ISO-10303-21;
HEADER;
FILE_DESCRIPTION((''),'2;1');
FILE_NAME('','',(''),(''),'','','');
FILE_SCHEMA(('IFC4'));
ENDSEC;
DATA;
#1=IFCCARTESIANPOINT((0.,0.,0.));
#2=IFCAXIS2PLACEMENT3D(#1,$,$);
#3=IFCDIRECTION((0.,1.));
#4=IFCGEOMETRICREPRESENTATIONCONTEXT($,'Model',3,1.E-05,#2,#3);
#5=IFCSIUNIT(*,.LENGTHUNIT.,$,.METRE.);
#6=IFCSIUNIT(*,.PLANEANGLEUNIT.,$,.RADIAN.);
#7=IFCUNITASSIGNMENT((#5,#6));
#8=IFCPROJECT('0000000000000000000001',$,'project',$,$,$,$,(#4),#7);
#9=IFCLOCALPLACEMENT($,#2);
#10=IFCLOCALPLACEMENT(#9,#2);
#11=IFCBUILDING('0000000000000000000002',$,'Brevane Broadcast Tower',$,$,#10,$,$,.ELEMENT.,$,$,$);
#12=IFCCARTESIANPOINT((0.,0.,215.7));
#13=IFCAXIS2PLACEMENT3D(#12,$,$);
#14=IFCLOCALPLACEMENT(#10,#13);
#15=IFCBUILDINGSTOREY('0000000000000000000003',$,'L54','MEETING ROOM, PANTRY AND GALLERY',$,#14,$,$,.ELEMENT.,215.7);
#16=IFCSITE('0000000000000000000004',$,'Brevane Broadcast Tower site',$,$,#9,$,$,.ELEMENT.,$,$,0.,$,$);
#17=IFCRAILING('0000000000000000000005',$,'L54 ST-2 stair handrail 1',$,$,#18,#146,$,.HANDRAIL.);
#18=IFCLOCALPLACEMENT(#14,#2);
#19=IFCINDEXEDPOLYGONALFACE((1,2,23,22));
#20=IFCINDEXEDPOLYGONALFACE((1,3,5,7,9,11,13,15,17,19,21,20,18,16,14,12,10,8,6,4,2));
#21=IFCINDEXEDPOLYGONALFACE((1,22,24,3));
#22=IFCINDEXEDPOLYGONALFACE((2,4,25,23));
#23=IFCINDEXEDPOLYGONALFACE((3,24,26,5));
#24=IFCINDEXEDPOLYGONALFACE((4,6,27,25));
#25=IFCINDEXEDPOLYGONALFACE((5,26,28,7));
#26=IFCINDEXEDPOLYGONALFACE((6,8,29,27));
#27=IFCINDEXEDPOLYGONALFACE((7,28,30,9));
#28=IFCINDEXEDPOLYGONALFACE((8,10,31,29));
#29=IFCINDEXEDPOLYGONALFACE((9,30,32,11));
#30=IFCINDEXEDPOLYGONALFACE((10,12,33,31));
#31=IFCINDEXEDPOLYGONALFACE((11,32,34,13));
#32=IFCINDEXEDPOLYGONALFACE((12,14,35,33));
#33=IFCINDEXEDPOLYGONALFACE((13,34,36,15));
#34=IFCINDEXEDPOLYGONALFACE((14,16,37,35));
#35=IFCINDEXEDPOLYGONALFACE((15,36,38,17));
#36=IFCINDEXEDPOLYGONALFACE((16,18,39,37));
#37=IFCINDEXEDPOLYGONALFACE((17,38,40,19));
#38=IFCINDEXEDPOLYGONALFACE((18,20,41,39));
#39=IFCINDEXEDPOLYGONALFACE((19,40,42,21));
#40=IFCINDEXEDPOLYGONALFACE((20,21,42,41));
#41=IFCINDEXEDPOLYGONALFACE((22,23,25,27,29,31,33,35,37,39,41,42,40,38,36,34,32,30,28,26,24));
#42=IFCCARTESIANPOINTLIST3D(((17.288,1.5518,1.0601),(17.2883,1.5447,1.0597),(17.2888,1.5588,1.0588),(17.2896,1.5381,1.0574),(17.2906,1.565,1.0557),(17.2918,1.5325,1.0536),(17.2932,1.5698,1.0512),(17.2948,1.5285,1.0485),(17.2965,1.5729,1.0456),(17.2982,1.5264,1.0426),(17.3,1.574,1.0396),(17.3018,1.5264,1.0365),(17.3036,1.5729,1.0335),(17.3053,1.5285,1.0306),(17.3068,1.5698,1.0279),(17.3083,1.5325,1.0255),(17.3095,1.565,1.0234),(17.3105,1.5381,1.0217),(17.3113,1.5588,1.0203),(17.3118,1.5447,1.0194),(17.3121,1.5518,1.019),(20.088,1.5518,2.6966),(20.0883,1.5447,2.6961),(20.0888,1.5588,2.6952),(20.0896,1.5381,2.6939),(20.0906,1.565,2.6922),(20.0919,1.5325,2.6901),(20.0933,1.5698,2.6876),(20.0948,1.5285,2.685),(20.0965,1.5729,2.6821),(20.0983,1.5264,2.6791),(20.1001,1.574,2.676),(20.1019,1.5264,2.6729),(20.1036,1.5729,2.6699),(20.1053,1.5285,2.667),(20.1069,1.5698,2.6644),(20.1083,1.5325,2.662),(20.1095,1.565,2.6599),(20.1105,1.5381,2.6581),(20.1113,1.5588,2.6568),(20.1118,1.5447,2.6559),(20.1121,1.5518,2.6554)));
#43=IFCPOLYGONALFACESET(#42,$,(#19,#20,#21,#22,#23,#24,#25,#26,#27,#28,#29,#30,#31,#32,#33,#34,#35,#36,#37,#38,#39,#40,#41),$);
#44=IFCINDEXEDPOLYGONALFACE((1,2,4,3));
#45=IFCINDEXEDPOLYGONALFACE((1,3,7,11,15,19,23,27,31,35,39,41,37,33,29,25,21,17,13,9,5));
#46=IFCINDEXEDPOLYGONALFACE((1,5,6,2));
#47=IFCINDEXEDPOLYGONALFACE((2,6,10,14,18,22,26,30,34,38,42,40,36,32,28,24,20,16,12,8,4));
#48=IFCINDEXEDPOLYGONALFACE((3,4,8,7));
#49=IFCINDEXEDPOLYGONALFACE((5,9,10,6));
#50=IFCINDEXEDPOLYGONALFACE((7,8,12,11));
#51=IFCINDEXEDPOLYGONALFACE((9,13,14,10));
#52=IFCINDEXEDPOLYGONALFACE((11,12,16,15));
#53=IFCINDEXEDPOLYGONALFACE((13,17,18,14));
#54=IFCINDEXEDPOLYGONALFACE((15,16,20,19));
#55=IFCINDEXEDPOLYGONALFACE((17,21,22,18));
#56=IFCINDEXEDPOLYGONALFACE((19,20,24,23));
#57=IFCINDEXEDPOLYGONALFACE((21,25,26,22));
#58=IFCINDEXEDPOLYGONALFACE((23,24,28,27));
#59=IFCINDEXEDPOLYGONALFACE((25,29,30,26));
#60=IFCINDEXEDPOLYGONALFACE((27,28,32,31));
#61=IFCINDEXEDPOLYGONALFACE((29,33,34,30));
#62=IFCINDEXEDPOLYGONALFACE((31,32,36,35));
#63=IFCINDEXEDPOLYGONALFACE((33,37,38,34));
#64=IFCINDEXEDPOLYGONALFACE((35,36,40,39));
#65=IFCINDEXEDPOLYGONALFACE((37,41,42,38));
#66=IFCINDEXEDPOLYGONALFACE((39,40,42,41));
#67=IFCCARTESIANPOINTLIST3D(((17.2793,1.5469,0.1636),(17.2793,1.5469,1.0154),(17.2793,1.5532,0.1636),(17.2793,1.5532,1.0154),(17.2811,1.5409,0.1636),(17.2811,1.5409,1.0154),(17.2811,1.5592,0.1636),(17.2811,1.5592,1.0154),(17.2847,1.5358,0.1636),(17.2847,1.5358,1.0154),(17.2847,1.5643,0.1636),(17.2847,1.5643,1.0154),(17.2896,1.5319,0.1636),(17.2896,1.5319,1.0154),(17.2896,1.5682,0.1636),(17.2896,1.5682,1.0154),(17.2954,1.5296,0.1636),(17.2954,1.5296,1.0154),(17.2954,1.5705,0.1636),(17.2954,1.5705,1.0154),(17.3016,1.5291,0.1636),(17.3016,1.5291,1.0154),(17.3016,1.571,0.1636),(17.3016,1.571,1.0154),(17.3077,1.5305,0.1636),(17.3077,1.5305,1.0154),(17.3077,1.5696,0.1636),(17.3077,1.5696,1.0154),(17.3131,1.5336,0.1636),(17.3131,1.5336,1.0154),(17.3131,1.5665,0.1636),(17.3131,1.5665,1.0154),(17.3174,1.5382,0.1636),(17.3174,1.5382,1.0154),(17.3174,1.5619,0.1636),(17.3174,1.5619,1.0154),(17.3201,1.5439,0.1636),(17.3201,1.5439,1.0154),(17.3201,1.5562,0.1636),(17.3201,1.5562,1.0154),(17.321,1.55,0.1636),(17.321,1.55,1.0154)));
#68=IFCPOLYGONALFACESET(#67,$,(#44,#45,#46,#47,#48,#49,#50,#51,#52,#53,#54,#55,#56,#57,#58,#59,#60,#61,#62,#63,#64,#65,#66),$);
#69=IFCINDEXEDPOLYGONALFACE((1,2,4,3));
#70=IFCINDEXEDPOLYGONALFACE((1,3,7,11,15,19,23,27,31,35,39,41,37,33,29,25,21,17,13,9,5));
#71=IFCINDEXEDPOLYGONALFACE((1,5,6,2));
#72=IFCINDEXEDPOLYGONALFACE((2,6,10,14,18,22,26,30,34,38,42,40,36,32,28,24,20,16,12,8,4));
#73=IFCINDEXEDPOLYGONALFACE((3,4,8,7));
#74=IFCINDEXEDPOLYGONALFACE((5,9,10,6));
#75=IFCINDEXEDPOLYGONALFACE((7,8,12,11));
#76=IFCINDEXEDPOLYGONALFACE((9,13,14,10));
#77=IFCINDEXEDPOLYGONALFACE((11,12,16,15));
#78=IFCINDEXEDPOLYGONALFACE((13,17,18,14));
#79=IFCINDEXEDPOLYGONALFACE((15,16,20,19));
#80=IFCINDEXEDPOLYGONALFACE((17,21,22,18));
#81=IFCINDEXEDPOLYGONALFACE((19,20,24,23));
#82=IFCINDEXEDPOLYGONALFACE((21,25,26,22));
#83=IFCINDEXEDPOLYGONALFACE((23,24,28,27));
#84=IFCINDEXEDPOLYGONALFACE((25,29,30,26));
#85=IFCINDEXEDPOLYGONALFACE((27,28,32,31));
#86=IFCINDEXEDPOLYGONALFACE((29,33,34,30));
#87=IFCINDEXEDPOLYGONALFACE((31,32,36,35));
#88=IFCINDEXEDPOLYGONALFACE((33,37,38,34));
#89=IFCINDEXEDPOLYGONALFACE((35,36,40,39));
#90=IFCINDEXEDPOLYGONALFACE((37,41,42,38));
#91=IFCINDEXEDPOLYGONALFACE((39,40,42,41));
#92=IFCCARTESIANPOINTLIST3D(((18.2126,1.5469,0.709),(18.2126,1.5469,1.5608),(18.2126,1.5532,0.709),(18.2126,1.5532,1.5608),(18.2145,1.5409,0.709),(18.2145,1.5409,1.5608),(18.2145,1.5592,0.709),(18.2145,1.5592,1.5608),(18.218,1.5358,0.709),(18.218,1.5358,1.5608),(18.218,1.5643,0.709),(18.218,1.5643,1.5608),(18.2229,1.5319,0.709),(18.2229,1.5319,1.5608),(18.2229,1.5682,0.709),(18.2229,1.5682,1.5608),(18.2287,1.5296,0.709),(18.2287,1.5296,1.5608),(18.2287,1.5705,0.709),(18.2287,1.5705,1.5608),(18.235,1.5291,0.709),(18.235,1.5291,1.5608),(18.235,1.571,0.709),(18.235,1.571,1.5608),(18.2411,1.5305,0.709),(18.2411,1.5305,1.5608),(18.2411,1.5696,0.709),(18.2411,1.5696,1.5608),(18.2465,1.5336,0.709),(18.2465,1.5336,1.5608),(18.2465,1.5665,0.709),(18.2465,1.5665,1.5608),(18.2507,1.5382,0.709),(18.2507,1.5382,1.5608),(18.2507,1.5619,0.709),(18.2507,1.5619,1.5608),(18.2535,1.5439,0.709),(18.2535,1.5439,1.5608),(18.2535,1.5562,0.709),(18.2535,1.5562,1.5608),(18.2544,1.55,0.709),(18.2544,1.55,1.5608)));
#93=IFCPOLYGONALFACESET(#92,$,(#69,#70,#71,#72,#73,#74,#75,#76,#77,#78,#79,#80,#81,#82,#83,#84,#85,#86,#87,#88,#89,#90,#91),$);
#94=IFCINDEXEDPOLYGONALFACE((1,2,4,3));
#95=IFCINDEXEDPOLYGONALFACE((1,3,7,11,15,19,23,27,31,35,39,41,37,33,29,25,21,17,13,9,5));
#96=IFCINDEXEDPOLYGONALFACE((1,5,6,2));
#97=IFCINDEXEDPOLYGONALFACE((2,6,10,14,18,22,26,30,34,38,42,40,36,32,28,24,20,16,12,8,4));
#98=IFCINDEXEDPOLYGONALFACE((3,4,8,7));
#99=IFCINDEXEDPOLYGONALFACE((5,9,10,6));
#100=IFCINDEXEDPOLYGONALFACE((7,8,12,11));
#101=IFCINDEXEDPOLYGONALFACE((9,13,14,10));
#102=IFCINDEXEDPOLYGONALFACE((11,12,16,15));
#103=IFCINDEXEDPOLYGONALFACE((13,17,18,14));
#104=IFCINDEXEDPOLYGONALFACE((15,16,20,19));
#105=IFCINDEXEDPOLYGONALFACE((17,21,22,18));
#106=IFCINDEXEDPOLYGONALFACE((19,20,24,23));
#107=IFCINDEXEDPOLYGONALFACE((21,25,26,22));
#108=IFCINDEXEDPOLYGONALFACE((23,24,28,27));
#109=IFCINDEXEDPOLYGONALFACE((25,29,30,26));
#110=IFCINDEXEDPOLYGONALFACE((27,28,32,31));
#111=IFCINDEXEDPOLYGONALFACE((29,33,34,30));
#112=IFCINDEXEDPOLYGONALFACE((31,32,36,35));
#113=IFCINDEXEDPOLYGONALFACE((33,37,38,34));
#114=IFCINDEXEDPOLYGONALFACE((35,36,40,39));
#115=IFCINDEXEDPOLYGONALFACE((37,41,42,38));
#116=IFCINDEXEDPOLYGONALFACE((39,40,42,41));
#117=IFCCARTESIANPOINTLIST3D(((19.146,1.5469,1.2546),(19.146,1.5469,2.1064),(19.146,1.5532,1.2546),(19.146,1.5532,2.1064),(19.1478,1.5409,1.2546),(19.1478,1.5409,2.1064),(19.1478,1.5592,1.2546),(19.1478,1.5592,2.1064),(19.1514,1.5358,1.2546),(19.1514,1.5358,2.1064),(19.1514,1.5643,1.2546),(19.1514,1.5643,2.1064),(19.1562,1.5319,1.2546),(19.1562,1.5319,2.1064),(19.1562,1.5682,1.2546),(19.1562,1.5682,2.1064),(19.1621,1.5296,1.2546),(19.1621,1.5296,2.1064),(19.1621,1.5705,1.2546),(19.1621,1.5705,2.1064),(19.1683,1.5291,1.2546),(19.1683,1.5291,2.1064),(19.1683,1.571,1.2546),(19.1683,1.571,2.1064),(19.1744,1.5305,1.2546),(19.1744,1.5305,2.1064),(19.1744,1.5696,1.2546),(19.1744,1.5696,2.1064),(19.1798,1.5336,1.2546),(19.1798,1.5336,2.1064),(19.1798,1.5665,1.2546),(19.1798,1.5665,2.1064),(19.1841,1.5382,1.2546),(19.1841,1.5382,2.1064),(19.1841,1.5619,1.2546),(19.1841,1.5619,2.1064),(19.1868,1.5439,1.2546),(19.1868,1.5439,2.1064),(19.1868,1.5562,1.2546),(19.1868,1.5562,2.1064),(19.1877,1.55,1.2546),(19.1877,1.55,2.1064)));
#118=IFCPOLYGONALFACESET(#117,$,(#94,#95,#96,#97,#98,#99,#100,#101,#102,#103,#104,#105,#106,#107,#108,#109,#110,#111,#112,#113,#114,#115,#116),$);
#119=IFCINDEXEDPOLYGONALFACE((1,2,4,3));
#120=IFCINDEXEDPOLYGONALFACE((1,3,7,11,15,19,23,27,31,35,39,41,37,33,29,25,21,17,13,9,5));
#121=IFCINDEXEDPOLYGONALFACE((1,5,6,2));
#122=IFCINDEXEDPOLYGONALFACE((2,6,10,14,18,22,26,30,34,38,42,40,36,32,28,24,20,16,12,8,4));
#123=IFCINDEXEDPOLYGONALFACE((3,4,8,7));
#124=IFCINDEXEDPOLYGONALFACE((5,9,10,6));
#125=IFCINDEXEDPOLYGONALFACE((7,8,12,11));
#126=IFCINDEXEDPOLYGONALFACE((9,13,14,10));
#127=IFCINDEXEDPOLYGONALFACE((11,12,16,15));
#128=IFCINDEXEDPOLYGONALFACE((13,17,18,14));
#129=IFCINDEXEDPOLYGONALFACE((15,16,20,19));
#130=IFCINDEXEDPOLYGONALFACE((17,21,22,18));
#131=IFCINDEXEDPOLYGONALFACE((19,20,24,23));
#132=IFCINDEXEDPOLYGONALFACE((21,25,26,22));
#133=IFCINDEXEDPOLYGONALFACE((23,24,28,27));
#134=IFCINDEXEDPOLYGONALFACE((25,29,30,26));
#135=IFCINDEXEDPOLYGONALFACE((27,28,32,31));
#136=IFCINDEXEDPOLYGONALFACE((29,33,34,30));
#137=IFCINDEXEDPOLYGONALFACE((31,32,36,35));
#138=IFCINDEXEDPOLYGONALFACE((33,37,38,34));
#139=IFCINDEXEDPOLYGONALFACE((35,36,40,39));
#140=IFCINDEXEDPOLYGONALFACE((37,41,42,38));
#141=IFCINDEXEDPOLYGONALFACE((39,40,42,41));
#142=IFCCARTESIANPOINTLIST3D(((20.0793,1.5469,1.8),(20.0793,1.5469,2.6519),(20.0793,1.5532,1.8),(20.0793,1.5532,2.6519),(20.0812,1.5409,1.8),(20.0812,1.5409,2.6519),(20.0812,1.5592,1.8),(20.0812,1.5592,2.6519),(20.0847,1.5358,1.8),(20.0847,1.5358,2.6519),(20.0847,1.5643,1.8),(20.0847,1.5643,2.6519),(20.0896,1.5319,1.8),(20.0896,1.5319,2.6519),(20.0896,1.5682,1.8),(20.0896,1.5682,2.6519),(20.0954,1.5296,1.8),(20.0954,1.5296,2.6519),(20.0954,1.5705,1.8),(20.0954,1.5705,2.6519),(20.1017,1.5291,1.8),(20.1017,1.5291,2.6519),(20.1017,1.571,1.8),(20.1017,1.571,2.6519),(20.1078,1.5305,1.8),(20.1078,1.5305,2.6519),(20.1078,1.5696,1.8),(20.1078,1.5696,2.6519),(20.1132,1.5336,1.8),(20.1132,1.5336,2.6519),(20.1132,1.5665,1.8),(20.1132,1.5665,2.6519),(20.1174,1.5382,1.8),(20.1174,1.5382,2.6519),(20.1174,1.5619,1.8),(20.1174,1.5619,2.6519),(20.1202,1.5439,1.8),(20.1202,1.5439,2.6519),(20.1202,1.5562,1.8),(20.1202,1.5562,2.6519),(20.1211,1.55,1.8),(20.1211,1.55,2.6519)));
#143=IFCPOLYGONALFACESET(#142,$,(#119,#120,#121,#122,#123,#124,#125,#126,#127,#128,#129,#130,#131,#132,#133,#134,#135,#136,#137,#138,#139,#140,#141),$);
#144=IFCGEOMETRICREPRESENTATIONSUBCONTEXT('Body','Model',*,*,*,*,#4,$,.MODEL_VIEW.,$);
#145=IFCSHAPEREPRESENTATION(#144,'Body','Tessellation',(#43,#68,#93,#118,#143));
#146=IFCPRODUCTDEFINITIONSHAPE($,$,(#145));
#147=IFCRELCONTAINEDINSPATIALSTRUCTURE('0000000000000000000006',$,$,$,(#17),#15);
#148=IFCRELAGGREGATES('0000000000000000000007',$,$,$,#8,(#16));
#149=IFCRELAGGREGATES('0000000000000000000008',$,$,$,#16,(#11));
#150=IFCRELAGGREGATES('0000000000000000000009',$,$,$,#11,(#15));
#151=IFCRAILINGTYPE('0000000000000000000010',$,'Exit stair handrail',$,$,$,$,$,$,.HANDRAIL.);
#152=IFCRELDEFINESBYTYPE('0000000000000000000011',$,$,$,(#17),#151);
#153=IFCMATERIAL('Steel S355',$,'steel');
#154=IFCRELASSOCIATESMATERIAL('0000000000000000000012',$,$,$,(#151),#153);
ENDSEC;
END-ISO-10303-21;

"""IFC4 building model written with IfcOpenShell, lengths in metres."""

from ifc_helpers import new_model, si_unit, direction, frame, origin, origin_2d, place, context, subcontext, project, spatial, circle, extrude, material, type_object, element, save


model = new_model("IFC4")

# Units and contexts
model_context = context("Model", 3, precision=1e-05, world=origin(), true_north=direction((0.0, 1.0)))
body_context = subcontext(model_context, "Body", "Model", "MODEL_VIEW")
ifc_project = project(units=[si_unit("LENGTHUNIT", "METRE"), si_unit("PLANEANGLEUNIT", "RADIAN")], contexts=[model_context])

# Site, building, storey
site_placement = place(None, origin())
site = spatial("IfcSite", under=ifc_project, at=site_placement, Name="Brevane Broadcast Tower site", CompositionType="ELEMENT", RefElevation=0.0)
building_placement = place(site_placement, origin())
building = spatial("IfcBuilding", under=site, at=building_placement, Name="Brevane Broadcast Tower", CompositionType="ELEMENT")
storey_placement = place(building_placement, frame((0.0, 0.0, 215.7)))
storey = spatial("IfcBuildingStorey", under=building, at=storey_placement, Name="L54", Description="MEETING ROOM, PANTRY AND GALLERY", CompositionType="ELEMENT", Elevation=215.7)

# Railing
ifc_material_1 = material(Name="Steel S355", Category="steel")
railing_type_1 = type_object("IfcRailingType", Name="Exit stair handrail", PredefinedType="HANDRAIL", material=ifc_material_1)
railing_1_placement = place(storey_placement, frame((17.3, 1.55, 0.1636)))
element("IfcRailing", 1, at=railing_1_placement, inside=storey, type_object=railing_type_1, Name="L54 ST-2 stair handrail 1", PredefinedType="HANDRAIL", context=body_context, shape_type="SweptSolid", body=[
    extrude(circle(Radius=0.0239, at=origin_2d()), frame((0.0, 0.0, 0.876), z_axis=(0.863361, 0.0, 0.504587), x_axis=(0.0, 1.0, 0.0)), (0.0, 0.0, 1.0), 3.2432),
    extrude(circle(Radius=0.021, at=origin_2d()), origin(), (0.0, 0.0, 1.0), 0.8518),
    extrude(circle(Radius=0.021, at=origin_2d()), frame((0.9333, 0.0, 0.5454)), (0.0, 0.0, 1.0), 0.8518),
    extrude(circle(Radius=0.021, at=origin_2d()), frame((1.8667, 0.0, 1.0911)), (0.0, 0.0, 1.0), 0.8518),
    extrude(circle(Radius=0.021, at=origin_2d()), frame((2.8, 0.0, 1.6365)), (0.0, 0.0, 1.0), 0.8518),
])

save(model, "model.ifc")
